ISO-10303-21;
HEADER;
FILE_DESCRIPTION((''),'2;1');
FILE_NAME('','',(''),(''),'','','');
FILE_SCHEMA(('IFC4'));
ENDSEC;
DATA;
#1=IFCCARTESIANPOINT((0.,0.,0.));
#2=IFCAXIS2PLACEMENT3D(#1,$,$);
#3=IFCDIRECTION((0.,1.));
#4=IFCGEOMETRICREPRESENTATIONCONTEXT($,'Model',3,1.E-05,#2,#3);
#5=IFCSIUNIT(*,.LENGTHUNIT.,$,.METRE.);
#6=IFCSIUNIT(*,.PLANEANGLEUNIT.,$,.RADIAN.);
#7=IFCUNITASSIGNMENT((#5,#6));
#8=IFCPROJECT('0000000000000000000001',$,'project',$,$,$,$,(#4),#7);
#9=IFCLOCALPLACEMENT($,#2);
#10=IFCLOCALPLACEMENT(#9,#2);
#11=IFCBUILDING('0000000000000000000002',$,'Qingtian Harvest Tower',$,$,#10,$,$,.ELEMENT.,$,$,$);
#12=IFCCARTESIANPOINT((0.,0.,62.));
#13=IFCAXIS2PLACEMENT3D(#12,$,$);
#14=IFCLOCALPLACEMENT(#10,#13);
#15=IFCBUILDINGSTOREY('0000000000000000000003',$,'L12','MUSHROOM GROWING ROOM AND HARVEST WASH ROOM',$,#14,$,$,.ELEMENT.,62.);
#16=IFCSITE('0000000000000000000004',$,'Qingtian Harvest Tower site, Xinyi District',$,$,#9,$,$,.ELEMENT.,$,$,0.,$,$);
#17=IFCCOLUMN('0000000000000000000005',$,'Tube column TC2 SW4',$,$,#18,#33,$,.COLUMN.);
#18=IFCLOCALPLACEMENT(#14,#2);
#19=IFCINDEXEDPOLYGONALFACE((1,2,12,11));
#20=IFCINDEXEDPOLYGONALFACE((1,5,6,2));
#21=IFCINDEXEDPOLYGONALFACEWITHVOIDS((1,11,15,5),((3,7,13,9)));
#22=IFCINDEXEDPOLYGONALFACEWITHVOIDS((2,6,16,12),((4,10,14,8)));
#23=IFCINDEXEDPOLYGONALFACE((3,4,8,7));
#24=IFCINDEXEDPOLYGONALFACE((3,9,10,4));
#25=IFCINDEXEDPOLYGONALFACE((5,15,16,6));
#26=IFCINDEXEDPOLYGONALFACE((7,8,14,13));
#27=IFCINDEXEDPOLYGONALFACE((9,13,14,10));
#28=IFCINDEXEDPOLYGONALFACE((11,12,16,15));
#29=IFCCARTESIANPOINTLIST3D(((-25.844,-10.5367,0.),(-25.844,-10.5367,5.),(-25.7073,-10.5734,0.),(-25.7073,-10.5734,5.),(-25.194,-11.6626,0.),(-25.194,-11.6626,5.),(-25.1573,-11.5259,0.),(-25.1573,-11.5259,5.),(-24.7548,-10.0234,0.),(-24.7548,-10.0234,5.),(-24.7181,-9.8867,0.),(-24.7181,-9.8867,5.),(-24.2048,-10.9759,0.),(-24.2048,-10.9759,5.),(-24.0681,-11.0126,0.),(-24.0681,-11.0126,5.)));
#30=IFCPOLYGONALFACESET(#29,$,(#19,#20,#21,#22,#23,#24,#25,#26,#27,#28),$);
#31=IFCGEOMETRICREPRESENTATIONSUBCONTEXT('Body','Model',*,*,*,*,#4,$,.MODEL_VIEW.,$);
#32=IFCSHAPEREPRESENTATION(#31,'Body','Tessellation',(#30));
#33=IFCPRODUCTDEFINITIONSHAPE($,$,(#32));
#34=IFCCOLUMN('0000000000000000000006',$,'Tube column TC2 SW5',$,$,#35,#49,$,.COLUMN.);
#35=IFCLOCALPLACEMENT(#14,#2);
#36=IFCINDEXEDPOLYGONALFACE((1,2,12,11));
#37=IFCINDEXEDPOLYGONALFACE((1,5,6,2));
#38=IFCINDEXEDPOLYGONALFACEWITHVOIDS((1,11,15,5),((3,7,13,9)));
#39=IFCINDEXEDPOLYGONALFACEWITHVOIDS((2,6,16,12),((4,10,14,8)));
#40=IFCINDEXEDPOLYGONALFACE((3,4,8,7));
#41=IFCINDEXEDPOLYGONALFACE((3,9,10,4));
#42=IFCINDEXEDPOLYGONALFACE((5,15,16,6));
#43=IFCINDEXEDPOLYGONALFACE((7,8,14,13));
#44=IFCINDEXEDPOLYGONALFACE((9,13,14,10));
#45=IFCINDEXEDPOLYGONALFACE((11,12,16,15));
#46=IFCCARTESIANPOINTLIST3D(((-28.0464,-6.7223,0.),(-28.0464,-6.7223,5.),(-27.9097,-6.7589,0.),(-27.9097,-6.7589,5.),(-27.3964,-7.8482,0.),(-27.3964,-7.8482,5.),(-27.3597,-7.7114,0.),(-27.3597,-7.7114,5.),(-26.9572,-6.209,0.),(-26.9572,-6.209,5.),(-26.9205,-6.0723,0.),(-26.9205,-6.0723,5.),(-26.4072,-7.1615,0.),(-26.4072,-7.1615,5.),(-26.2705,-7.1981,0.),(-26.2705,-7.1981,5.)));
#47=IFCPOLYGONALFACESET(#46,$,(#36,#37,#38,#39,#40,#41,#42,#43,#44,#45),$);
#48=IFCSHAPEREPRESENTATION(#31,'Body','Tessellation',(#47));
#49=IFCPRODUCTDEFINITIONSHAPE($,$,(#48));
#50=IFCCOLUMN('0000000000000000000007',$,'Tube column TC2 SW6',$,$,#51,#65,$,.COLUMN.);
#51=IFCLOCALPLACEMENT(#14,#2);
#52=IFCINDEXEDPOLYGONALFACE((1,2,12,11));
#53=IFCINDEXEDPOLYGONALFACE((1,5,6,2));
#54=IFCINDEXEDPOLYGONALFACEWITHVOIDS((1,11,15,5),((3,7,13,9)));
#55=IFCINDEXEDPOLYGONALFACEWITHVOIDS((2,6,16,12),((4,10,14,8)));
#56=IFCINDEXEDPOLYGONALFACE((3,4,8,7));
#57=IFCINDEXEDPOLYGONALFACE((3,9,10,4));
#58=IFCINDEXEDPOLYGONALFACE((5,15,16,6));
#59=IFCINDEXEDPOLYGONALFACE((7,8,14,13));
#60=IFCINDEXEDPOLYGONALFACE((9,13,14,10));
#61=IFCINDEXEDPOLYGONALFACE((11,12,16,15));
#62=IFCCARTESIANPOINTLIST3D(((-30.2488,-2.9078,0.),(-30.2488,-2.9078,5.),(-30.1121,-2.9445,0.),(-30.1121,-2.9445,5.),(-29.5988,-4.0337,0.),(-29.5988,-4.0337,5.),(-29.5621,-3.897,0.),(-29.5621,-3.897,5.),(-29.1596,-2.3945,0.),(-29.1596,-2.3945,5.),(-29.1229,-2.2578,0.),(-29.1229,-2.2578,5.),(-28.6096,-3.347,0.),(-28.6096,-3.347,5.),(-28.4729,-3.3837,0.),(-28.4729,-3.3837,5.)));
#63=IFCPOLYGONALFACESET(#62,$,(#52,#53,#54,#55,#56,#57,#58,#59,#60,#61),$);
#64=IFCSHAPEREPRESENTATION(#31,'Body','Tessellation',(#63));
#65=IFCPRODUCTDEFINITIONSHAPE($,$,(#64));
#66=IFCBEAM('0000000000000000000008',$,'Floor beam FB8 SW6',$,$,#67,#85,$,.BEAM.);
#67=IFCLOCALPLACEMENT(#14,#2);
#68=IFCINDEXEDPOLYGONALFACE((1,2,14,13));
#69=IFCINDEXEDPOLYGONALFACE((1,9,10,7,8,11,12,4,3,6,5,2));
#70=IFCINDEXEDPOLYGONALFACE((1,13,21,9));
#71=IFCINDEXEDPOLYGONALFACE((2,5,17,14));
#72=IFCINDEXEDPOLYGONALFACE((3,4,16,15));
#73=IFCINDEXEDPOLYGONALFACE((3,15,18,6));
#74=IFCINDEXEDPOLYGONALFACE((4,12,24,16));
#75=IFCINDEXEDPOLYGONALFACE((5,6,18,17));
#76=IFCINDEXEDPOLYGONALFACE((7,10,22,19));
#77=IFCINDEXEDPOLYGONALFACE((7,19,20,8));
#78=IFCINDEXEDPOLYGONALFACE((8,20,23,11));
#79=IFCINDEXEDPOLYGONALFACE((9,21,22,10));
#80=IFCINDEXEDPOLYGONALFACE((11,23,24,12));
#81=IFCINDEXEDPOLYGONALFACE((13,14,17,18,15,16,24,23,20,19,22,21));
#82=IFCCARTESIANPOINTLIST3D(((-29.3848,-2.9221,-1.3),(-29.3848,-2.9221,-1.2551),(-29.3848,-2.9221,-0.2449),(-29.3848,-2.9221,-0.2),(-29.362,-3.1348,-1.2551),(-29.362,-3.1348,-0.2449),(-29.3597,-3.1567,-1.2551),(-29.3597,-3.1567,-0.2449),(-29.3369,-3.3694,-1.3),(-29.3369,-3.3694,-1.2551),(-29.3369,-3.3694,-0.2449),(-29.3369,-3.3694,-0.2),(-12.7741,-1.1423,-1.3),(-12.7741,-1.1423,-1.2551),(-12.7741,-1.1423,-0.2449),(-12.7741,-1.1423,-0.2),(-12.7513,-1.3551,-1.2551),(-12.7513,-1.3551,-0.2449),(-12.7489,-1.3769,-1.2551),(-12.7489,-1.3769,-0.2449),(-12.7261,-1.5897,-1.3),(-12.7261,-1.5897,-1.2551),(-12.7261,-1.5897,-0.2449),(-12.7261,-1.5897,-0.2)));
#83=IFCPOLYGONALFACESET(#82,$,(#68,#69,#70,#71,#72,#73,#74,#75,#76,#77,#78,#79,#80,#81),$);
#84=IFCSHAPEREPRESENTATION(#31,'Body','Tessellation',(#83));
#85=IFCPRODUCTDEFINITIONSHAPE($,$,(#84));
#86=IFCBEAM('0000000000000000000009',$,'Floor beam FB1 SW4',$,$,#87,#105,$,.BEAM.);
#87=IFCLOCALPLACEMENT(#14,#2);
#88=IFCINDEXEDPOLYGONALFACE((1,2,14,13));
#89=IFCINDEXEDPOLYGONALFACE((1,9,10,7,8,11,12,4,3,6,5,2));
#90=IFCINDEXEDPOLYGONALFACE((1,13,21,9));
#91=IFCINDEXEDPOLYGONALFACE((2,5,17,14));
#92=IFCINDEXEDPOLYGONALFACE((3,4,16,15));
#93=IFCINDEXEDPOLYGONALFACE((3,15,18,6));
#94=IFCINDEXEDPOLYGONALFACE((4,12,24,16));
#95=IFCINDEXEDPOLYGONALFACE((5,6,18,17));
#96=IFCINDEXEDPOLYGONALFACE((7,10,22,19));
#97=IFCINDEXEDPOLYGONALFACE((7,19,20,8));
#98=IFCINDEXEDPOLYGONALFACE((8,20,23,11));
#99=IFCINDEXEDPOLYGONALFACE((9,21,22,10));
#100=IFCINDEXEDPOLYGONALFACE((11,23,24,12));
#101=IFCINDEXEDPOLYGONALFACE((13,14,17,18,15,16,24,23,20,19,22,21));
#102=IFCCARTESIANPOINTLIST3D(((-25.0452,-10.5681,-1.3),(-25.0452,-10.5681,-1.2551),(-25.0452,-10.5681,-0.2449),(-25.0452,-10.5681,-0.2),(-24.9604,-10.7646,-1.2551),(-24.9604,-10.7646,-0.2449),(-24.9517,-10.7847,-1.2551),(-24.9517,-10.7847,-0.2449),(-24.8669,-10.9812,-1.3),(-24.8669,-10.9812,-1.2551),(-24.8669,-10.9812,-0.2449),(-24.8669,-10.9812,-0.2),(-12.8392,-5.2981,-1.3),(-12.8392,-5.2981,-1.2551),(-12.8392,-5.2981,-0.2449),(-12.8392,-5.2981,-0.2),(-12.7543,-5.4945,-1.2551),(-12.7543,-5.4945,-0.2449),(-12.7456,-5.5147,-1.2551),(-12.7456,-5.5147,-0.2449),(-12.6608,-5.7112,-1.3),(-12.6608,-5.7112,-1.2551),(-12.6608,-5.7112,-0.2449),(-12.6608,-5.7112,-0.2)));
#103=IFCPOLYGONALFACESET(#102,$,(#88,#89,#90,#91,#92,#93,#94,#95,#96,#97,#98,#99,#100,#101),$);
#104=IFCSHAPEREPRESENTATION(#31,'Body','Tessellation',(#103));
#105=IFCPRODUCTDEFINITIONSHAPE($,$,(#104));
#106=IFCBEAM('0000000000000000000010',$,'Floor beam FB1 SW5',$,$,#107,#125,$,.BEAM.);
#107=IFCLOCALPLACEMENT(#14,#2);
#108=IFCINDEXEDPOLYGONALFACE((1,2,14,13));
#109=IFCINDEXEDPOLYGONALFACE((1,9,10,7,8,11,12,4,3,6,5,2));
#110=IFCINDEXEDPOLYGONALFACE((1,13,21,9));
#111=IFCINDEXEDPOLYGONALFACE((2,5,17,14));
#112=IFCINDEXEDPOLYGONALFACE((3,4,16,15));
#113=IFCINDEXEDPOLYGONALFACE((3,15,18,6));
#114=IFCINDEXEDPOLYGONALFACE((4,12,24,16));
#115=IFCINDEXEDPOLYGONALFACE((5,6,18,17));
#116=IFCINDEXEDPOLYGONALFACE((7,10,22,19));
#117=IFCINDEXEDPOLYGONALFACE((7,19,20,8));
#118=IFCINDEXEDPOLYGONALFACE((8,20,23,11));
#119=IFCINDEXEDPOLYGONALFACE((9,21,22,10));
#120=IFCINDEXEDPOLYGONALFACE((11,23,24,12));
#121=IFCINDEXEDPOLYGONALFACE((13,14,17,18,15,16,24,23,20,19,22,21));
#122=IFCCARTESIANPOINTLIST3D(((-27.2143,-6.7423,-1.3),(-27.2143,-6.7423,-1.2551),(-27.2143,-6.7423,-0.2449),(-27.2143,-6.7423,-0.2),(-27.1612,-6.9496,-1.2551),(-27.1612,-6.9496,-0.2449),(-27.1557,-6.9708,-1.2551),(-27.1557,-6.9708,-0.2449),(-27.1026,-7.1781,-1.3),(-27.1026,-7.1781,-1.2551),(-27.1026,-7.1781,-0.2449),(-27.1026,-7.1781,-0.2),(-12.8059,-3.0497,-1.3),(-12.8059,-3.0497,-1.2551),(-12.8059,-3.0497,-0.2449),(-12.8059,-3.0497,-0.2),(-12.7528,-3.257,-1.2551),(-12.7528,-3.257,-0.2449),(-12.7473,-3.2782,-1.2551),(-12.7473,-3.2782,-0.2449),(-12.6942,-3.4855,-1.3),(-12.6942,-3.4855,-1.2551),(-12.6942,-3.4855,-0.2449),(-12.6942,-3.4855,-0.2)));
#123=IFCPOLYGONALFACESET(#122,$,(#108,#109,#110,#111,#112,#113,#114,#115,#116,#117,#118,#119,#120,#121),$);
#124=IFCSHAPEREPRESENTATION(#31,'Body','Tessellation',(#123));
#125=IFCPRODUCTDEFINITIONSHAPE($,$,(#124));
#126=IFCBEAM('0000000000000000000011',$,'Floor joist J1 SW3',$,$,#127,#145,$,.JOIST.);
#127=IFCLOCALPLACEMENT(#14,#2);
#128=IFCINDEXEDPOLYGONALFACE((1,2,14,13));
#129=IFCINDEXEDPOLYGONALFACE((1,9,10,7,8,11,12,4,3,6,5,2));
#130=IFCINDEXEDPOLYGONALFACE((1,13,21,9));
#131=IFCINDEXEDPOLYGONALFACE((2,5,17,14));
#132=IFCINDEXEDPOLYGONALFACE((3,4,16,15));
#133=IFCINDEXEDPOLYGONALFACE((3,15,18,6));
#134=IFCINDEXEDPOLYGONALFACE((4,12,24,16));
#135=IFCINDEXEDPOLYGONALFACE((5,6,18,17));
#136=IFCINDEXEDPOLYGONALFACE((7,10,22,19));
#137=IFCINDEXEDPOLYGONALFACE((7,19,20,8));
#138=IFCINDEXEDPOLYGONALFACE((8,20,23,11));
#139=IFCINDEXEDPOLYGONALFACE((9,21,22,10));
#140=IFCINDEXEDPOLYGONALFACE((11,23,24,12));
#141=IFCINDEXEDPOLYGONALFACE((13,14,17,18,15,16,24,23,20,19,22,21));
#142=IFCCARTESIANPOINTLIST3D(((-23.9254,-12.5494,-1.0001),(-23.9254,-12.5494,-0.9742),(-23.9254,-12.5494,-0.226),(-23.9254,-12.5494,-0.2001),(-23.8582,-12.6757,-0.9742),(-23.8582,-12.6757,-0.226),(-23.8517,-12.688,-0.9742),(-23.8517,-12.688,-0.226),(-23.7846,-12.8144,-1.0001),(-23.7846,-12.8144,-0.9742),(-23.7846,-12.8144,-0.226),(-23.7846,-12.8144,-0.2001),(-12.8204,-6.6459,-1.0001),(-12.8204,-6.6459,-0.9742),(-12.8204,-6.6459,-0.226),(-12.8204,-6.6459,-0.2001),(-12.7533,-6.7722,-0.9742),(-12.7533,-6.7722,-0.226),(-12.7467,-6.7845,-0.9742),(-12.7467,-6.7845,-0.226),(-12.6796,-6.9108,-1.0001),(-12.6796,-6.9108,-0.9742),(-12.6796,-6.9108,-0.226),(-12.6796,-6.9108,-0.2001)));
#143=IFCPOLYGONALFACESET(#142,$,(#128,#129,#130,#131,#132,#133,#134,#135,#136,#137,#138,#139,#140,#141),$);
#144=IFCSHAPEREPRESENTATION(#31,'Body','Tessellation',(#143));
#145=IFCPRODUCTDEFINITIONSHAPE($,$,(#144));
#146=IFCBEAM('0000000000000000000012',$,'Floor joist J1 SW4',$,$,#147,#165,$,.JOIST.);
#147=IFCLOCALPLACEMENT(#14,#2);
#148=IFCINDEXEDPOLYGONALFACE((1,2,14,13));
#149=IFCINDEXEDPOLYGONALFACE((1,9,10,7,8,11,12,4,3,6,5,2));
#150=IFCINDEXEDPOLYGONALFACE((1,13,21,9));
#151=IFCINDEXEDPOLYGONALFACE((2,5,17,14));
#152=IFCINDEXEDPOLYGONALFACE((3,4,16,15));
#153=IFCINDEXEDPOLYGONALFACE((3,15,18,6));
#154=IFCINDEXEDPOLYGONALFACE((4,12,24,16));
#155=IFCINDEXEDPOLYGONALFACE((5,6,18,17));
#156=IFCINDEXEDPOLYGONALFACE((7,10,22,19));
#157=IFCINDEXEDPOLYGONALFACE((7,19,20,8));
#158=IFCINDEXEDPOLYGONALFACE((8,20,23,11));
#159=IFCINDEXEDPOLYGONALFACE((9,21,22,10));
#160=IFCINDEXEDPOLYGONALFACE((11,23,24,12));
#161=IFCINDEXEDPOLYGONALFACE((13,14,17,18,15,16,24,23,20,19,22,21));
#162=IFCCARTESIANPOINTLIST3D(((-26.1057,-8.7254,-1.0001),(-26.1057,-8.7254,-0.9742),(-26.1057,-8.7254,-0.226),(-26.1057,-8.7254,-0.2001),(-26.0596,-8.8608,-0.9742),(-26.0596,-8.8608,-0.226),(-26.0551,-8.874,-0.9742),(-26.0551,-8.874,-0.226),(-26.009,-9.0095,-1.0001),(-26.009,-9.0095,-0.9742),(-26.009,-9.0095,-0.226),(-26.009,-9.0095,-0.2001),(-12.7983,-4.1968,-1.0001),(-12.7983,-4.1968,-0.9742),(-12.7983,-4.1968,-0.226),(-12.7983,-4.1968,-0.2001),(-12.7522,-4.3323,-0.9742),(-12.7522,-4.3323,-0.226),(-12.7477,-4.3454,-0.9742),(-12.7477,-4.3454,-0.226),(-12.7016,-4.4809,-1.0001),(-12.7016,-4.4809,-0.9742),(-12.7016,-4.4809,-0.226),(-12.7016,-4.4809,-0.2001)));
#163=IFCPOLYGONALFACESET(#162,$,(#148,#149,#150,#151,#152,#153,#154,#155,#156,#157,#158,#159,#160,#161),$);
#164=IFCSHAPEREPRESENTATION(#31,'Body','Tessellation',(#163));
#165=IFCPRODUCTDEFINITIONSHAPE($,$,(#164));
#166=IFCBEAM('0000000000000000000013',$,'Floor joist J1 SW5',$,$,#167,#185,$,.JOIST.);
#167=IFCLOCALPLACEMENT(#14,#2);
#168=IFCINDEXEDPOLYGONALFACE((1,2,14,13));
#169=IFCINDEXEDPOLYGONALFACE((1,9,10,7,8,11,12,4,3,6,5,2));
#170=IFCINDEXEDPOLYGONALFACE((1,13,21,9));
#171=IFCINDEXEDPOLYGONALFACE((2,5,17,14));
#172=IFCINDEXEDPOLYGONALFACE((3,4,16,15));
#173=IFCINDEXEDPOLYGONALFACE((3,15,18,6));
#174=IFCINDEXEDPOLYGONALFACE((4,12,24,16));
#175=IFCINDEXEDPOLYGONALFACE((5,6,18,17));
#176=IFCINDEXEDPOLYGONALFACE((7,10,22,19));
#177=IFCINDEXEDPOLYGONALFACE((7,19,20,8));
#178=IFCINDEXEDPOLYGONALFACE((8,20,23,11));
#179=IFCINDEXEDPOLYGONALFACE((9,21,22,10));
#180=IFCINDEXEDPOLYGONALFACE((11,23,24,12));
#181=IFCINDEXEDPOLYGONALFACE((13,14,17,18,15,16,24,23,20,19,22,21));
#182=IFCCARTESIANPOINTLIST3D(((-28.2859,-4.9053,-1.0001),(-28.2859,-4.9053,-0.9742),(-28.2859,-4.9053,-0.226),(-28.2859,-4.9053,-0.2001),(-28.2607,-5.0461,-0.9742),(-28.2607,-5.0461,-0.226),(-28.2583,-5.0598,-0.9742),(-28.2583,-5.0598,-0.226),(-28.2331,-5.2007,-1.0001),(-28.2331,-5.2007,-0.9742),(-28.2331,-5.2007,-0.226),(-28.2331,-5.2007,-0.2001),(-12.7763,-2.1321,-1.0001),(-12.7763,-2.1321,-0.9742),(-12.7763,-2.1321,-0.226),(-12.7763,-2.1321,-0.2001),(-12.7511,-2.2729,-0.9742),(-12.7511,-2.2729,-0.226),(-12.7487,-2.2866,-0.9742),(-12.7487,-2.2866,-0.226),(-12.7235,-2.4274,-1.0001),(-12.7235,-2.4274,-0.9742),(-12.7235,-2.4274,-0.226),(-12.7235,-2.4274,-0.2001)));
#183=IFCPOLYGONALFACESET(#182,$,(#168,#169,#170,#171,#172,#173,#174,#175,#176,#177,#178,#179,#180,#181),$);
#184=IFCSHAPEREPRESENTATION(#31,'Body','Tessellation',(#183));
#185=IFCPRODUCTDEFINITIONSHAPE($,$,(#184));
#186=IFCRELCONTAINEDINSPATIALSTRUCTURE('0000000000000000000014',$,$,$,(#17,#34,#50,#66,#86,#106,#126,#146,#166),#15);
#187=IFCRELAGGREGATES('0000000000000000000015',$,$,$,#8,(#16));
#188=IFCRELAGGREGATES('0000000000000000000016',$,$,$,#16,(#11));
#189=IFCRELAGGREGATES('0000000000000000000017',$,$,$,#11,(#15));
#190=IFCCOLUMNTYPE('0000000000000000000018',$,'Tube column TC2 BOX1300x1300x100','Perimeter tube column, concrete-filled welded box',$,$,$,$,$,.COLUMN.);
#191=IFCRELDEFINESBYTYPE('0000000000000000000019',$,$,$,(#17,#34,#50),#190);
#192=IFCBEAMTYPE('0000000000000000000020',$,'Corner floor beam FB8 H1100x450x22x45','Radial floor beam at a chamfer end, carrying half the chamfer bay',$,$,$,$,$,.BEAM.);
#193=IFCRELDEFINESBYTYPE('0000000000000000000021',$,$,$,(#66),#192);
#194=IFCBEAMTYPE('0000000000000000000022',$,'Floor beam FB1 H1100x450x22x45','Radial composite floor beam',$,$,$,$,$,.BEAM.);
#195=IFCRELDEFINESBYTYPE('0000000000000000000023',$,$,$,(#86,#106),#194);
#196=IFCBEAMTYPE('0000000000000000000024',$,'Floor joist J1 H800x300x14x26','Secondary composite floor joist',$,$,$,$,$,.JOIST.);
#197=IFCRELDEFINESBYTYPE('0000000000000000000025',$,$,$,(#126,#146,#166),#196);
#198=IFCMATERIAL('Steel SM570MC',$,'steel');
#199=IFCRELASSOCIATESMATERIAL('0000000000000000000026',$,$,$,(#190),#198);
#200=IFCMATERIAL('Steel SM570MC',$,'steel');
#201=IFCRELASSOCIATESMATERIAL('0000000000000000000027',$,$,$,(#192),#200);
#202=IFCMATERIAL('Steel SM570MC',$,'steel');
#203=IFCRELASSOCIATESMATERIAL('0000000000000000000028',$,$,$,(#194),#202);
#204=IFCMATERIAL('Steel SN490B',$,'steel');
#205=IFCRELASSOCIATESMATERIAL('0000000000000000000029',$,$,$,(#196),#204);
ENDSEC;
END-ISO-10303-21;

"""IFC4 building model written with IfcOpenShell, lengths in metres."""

from ifc_helpers import new_model, si_unit, direction, frame, origin, origin_2d, place, context, subcontext, project, spatial, hollow_rectangle, i_section, extrude, material, material_profile, profile_set, type_object, element, save


model = new_model("IFC4")

# Units and contexts
model_context = context("Model", 3, precision=1e-05, world=origin(), true_north=direction((0.0, 1.0)))
body_context = subcontext(model_context, "Body", "Model", "MODEL_VIEW")
ifc_project = project(units=[si_unit("LENGTHUNIT", "METRE"), si_unit("PLANEANGLEUNIT", "RADIAN")], contexts=[model_context])

# Site, building, storey
site_placement = place(None, origin())
site = spatial("IfcSite", under=ifc_project, at=site_placement, Name="Qingtian Harvest Tower site, Xinyi District", CompositionType="ELEMENT", RefElevation=0.0)
building_placement = place(site_placement, origin())
building = spatial("IfcBuilding", under=site, at=building_placement, Name="Qingtian Harvest Tower", CompositionType="ELEMENT")
storey_placement = place(building_placement, frame((0.0, 0.0, 62.0)))
storey = spatial("IfcBuildingStorey", under=building, at=storey_placement, Name="L12", Description="MUSHROOM GROWING ROOM AND HARVEST WASH ROOM", CompositionType="ELEMENT", Elevation=62.0)

# Columns
ifc_material_1 = material(Name="Steel SM570MC", Category="steel")
ifc_material_profile_1 = material_profile(ifc_material_1, hollow_rectangle(XDim=1.3, YDim=1.3, WallThickness=0.1001, at=origin_2d()), Name="BOX1300x1300x100")
ifc_profile_set_1 = profile_set([ifc_material_profile_1], Name="Steel SM570MC")
column_type = type_object("IfcColumnType", Name="Tube column TC2 BOX1300x1300x100", Description="Perimeter tube column, concrete-filled welded box", PredefinedType="COLUMN", material=ifc_profile_set_1)
for number, where, z_axis, x_axis, name in (
    (1, (-24.9561, -10.7747, 0.0), (0.0, 0.0, 1.0), (0.5, -0.866025, 0.0), "Tube column TC2 SW4"),
    (2, (-27.1584, -6.9602, 0.0), (0.0, 0.0, 1.0), (0.5, -0.866025, 0.0), "Tube column TC2 SW5"),
    (3, (-29.3608, -3.1458, 0.0), (0.0, 0.0, 1.0), (0.5, -0.866025, 0.0), "Tube column TC2 SW6"),
):
    element("IfcColumn", number, at=place(storey_placement, frame(where, z_axis=z_axis, x_axis=x_axis)), inside=storey, type_object=column_type, Name=name, PredefinedType="COLUMN", context=body_context, shape_type="SweptSolid", body=[
        extrude(hollow_rectangle(XDim=1.3, YDim=1.3, WallThickness=0.1001, at=origin_2d()), origin(), (0.0, 0.0, 1.0), 5.0),
    ])

# Beams
ifc_material_2 = material(Name="Steel SM570MC", Category="steel")
ifc_material_profile_2 = material_profile(ifc_material_2, i_section(OverallWidth=0.45, OverallDepth=1.1001, WebThickness=0.022, FlangeThickness=0.0449, at=origin_2d()), Name="H1100x450x22x45")
ifc_profile_set_2 = profile_set([ifc_material_profile_2], Name="Steel SM570MC")
beam_type_1 = type_object("IfcBeamType", Name="Corner floor beam FB8 H1100x450x22x45", Description="Radial floor beam at a chamfer end, carrying half the chamfer bay", PredefinedType="BEAM", material=ifc_profile_set_2)
beam_1_placement = place(storey_placement, frame((-29.3608, -3.1458, -0.75), z_axis=(0.994309, 0.106536, 0.0), x_axis=(-0.106536, 0.994309, 0.0)))
element("IfcBeam", 4, at=beam_1_placement, inside=storey, type_object=beam_type_1, Name="Floor beam FB8 SW6", PredefinedType="BEAM", context=body_context, shape_type="SweptSolid", body=[
    extrude(i_section(OverallWidth=0.45, OverallDepth=1.1001, WebThickness=0.022, FlangeThickness=0.0449, at=origin_2d()), origin(), (0.0, 0.0, 1.0), 16.7058),
])
ifc_material_3 = material(Name="Steel SM570MC", Category="steel")
ifc_material_profile_3 = material_profile(ifc_material_3, i_section(OverallWidth=0.45, OverallDepth=1.1001, WebThickness=0.022, FlangeThickness=0.0449, at=origin_2d()), Name="H1100x450x22x45")
ifc_profile_set_3 = profile_set([ifc_material_profile_3], Name="Steel SM570MC")
beam_type_2 = type_object("IfcBeamType", Name="Floor beam FB1 H1100x450x22x45", Description="Radial composite floor beam", PredefinedType="BEAM", material=ifc_profile_set_3)
beam_2_placement = place(storey_placement, frame((-24.9561, -10.7747, -0.75), z_axis=(0.918084, 0.396387, 0.0), x_axis=(-0.396387, 0.918084, 0.0)))
element("IfcBeam", 5, at=beam_2_placement, inside=storey, type_object=beam_type_2, Name="Floor beam FB1 SW4", PredefinedType="BEAM", context=body_context, shape_type="SweptSolid", body=[
    extrude(i_section(OverallWidth=0.45, OverallDepth=1.1001, WebThickness=0.022, FlangeThickness=0.0449, at=origin_2d()), origin(), (0.0, 0.0, 1.0), 13.2952),
])
beam_3_placement = place(storey_placement, frame((-27.1584, -6.9602, -0.75), z_axis=(0.968694, 0.248259, 0.0), x_axis=(-0.248259, 0.968694, 0.0)))
element("IfcBeam", 6, at=beam_3_placement, inside=storey, type_object=beam_type_2, Name="Floor beam FB1 SW5", PredefinedType="BEAM", context=body_context, shape_type="SweptSolid", body=[
    extrude(i_section(OverallWidth=0.45, OverallDepth=1.1001, WebThickness=0.022, FlangeThickness=0.0449, at=origin_2d()), origin(), (0.0, 0.0, 1.0), 14.874),
])
ifc_material_4 = material(Name="Steel SN490B", Category="steel")
ifc_material_profile_4 = material_profile(ifc_material_4, i_section(OverallWidth=0.3, OverallDepth=0.8, WebThickness=0.0139, FlangeThickness=0.0259, at=origin_2d()), Name="H800x300x14x26")
ifc_profile_set_4 = profile_set([ifc_material_profile_4], Name="Steel SN490B")
beam_type_3 = type_object("IfcBeamType", Name="Floor joist J1 H800x300x14x26", Description="Secondary composite floor joist", PredefinedType="JOIST", material=ifc_profile_set_4)
beam_4_placement = place(storey_placement, frame((-23.855, -12.6819, -0.6001), z_axis=(0.882982, 0.469406, 0.0), x_axis=(-0.469406, 0.882982, 0.0)))
element("IfcBeam", 7, at=beam_4_placement, inside=storey, type_object=beam_type_3, Name="Floor joist J1 SW3", PredefinedType="JOIST", context=body_context, shape_type="SweptSolid", body=[
    extrude(i_section(OverallWidth=0.3, OverallDepth=0.8, WebThickness=0.0139, FlangeThickness=0.0259, at=origin_2d()), origin(), (0.0, 0.0, 1.0), 12.5767),
])
beam_5_placement = place(storey_placement, frame((-26.0574, -8.8674, -0.6001), z_axis=(0.946685, 0.322161, 0.0), x_axis=(-0.322161, 0.946685, 0.0)))
element("IfcBeam", 8, at=beam_5_placement, inside=storey, type_object=beam_type_3, Name="Floor joist J1 SW4", PredefinedType="JOIST", context=body_context, shape_type="SweptSolid", body=[
    extrude(i_section(OverallWidth=0.3, OverallDepth=0.8, WebThickness=0.0139, FlangeThickness=0.0259, at=origin_2d()), origin(), (0.0, 0.0, 1.0), 14.0569),
])
beam_6_placement = place(storey_placement, frame((-28.2595, -5.053, -0.6001), z_axis=(0.984388, 0.176014, 0.0), x_axis=(-0.176014, 0.984388, 0.0)))
element("IfcBeam", 9, at=beam_6_placement, inside=storey, type_object=beam_type_3, Name="Floor joist J1 SW5", PredefinedType="JOIST", context=body_context, shape_type="SweptSolid", body=[
    extrude(i_section(OverallWidth=0.3, OverallDepth=0.8, WebThickness=0.0139, FlangeThickness=0.0259, at=origin_2d()), origin(), (0.0, 0.0, 1.0), 15.7556),
])

save(model, "model.ifc")
